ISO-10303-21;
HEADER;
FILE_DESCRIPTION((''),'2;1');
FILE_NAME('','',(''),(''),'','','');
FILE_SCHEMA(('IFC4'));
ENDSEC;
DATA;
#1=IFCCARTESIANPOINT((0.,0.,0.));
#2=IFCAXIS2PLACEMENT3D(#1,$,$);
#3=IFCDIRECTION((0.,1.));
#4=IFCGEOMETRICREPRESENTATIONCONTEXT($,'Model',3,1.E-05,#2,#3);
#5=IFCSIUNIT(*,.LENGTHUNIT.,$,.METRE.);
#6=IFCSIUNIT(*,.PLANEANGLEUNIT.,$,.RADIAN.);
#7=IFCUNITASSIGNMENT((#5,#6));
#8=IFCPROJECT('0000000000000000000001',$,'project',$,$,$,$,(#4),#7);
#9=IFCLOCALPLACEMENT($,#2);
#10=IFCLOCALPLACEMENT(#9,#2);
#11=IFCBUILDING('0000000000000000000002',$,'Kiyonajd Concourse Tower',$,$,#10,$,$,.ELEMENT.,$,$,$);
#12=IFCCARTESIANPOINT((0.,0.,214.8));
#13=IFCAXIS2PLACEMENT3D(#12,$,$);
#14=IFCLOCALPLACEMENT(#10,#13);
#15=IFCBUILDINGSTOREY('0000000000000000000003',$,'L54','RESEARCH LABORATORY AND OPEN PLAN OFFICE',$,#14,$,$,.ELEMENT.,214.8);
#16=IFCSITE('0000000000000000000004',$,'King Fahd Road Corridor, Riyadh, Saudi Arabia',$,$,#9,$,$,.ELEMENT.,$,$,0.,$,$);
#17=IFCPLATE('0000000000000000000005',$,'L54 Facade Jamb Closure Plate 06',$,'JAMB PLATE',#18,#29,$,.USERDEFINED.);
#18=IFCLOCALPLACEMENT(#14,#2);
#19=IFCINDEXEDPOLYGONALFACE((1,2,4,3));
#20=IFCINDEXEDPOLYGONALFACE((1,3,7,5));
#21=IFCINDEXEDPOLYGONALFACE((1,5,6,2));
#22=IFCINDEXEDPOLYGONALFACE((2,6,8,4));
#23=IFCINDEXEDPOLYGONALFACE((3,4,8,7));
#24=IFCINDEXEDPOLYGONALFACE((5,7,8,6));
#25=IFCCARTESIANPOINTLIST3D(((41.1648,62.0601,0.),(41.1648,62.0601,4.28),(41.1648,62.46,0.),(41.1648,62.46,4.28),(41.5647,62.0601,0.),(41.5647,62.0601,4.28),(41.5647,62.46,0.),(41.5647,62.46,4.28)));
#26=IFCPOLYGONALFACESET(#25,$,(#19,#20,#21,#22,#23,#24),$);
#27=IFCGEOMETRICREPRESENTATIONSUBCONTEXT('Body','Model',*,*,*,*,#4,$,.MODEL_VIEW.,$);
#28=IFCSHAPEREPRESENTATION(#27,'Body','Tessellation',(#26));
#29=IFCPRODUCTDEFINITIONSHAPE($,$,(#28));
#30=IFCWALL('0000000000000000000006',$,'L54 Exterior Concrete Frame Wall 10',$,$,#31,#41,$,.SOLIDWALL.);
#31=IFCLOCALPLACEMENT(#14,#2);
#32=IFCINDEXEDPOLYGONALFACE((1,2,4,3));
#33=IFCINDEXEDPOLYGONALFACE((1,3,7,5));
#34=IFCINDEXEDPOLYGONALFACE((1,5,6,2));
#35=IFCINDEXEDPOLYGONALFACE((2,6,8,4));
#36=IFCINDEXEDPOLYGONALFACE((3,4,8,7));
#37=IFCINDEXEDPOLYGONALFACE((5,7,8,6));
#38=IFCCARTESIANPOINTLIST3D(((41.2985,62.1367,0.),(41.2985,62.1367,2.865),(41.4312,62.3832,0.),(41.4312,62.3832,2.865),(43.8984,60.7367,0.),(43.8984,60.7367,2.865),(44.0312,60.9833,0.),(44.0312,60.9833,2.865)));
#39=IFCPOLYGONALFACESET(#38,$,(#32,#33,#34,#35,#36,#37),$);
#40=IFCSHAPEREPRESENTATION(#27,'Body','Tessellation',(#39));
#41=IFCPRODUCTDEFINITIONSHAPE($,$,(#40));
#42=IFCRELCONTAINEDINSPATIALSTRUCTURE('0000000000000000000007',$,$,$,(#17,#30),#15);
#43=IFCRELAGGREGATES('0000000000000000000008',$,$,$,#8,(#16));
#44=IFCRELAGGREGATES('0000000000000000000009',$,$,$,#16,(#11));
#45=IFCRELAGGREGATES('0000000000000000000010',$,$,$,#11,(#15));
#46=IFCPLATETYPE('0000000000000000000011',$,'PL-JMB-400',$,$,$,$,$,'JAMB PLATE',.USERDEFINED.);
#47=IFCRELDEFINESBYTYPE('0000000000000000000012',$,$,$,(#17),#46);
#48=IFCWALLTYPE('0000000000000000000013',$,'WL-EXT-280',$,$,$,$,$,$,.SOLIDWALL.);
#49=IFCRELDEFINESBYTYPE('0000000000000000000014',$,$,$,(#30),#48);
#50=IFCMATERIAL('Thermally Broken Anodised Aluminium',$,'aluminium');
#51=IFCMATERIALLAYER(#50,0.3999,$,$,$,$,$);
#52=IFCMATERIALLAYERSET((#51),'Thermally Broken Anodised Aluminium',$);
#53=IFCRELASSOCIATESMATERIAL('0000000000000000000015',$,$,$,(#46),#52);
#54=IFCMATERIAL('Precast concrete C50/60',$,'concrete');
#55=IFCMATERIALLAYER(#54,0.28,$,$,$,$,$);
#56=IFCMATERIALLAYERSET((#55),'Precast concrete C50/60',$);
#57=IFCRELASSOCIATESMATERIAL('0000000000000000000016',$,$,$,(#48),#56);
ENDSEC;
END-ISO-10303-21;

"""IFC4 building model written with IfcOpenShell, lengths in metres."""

from ifc_helpers import new_model, si_unit, direction, frame, frame_2d, origin, origin_2d, place, context, subcontext, project, spatial, rectangle, extrude, material, layer, layer_set, type_object, element, save


model = new_model("IFC4")

# Units and contexts
model_context = context("Model", 3, precision=1e-05, world=origin(), true_north=direction((0.0, 1.0)))
body_context = subcontext(model_context, "Body", "Model", "MODEL_VIEW")
ifc_project = project(units=[si_unit("LENGTHUNIT", "METRE"), si_unit("PLANEANGLEUNIT", "RADIAN")], contexts=[model_context])

# Site, building, storey
site_placement = place(None, origin())
site = spatial("IfcSite", under=ifc_project, at=site_placement, Name="King Fahd Road Corridor, Riyadh, Saudi Arabia", CompositionType="ELEMENT", RefElevation=0.0)
building_placement = place(site_placement, origin())
building = spatial("IfcBuilding", under=site, at=building_placement, Name="Kiyonajd Concourse Tower", CompositionType="ELEMENT")
storey_placement = place(building_placement, frame((0.0, 0.0, 214.8)))
storey = spatial("IfcBuildingStorey", under=building, at=storey_placement, Name="L54", Description="RESEARCH LABORATORY AND OPEN PLAN OFFICE", CompositionType="ELEMENT", Elevation=214.8)

# Shared definitions
ifc_material_1 = material(Name="Thermally Broken Anodised Aluminium", Category="aluminium")

# Plate
ifc_layer_1 = layer(ifc_material_1, 0.3999)
ifc_layer_set_1 = layer_set([ifc_layer_1], Name="Thermally Broken Anodised Aluminium")
plate_type_1 = type_object("IfcPlateType", Name="PL-JMB-400", ElementType="JAMB PLATE", PredefinedType="USERDEFINED", material=ifc_layer_set_1)
plate_1_placement = place(storey_placement, frame((41.3647, 62.26, 0.0), z_axis=(0.0, 0.0, 1.0), x_axis=(1.0, 0.0, 0.0)))
element("IfcPlate", 1, at=plate_1_placement, inside=storey, type_object=plate_type_1, Name="L54 Facade Jamb Closure Plate 06", ObjectType="JAMB PLATE", PredefinedType="USERDEFINED", context=body_context, shape_type="SweptSolid", body=[
    extrude(rectangle(XDim=0.3999, YDim=0.3999, at=origin_2d()), origin(), (0.0, 0.0, 1.0), 4.28),
])

# Wall
ifc_material_2 = material(Name="Precast concrete C50/60", Category="concrete")
ifc_layer_2 = layer(ifc_material_2, 0.28)
ifc_layer_set_2 = layer_set([ifc_layer_2], Name="Precast concrete C50/60")
wall_type = type_object("IfcWallType", Name="WL-EXT-280", PredefinedType="SOLIDWALL", material=ifc_layer_set_2)
wall_placement = place(storey_placement, frame((41.3647, 62.26, 0.0), z_axis=(0.0, 0.0, 1.0), x_axis=(0.880474, -0.474095, 0.0)))
element("IfcWall", 2, at=wall_placement, inside=storey, type_object=wall_type, Name="L54 Exterior Concrete Frame Wall 10", PredefinedType="SOLIDWALL", context=body_context, shape_type="SweptSolid", body=[
    extrude(rectangle(XDim=2.9529, YDim=0.28, at=frame_2d((1.4766, 0.0))), origin(), (0.0, 0.0, 1.0), 2.865),
])

save(model, "model.ifc")
